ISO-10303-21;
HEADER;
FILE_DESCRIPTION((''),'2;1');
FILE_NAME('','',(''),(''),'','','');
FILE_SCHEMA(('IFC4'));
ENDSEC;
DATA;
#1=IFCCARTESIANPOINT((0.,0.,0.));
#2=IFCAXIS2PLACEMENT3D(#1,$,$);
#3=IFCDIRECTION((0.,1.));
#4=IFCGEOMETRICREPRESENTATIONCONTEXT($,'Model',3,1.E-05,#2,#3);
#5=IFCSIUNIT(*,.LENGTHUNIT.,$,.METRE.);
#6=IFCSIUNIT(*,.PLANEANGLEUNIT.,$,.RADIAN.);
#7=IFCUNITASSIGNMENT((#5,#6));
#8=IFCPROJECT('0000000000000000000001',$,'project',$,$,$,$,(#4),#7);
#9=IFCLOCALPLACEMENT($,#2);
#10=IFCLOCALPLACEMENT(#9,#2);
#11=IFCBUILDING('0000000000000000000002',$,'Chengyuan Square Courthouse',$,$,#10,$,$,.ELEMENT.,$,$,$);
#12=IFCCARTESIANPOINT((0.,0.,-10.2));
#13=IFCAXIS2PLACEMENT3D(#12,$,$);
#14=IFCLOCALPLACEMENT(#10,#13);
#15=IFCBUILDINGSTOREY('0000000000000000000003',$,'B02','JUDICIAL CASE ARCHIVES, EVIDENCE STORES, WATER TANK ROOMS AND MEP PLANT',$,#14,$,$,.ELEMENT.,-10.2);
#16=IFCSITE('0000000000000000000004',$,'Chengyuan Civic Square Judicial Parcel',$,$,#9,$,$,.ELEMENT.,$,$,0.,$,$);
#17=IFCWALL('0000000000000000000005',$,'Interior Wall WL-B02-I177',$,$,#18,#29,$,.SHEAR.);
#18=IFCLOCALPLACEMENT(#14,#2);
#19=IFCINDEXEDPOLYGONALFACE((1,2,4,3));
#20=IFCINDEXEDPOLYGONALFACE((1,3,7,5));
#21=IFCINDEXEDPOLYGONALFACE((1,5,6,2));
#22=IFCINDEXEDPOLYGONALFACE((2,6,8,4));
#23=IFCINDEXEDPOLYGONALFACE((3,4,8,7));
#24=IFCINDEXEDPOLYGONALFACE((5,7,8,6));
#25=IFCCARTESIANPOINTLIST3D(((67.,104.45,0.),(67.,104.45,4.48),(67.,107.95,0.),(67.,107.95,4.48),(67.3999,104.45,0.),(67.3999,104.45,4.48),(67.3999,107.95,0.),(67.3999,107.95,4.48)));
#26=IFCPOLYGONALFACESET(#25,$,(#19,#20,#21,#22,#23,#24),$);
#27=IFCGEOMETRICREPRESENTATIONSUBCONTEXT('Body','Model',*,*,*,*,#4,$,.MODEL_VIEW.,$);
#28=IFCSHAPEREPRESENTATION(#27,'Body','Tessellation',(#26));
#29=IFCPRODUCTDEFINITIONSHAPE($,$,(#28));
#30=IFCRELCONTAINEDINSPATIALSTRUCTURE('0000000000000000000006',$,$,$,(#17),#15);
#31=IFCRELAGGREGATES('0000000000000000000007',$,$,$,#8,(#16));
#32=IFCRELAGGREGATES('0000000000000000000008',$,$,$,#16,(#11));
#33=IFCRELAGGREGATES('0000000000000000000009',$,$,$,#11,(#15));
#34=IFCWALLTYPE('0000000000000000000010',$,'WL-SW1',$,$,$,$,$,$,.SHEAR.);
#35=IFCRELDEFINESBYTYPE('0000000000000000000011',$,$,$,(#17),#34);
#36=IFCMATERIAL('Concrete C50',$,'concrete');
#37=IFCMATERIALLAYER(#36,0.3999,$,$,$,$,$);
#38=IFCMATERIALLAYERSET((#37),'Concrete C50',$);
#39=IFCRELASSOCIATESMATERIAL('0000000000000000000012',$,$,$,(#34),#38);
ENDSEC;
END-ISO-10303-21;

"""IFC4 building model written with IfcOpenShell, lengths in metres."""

from ifc_helpers import new_model, si_unit, direction, frame, frame_2d, origin, place, context, subcontext, project, spatial, rectangle, extrude, material, layer, layer_set, type_object, element, save


model = new_model("IFC4")

# Units and contexts
model_context = context("Model", 3, precision=1e-05, world=origin(), true_north=direction((0.0, 1.0)))
body_context = subcontext(model_context, "Body", "Model", "MODEL_VIEW")
ifc_project = project(units=[si_unit("LENGTHUNIT", "METRE"), si_unit("PLANEANGLEUNIT", "RADIAN")], contexts=[model_context])

# Site, building, storey
site_placement = place(None, origin())
site = spatial("IfcSite", under=ifc_project, at=site_placement, Name="Chengyuan Civic Square Judicial Parcel", CompositionType="ELEMENT", RefElevation=0.0)
building_placement = place(site_placement, origin())
building = spatial("IfcBuilding", under=site, at=building_placement, Name="Chengyuan Square Courthouse", CompositionType="ELEMENT")
storey_placement = place(building_placement, frame((0.0, 0.0, -10.2)))
storey = spatial("IfcBuildingStorey", under=building, at=storey_placement, Name="B02", Description="JUDICIAL CASE ARCHIVES, EVIDENCE STORES, WATER TANK ROOMS AND MEP PLANT", CompositionType="ELEMENT", Elevation=-10.2)

# Wall
ifc_material_1 = material(Name="Concrete C50", Category="concrete")
ifc_layer_1 = layer(ifc_material_1, 0.3999)
ifc_layer_set_1 = layer_set([ifc_layer_1], Name="Concrete C50")
wall_type_1 = type_object("IfcWallType", Name="WL-SW1", PredefinedType="SHEAR", material=ifc_layer_set_1)
wall_1_placement = place(storey_placement, frame((67.2, 104.45, 0.0), z_axis=(0.0, 0.0, 1.0), x_axis=(0.0, 1.0, 0.0)))
element("IfcWall", 1, at=wall_1_placement, inside=storey, type_object=wall_type_1, Name="Interior Wall WL-B02-I177", PredefinedType="SHEAR", context=body_context, shape_type="SweptSolid", body=[
    extrude(rectangle(XDim=3.5, YDim=0.3999, at=frame_2d((1.75, 0.0))), origin(), (0.0, 0.0, 1.0), 4.48),
])

save(model, "model.ifc")
